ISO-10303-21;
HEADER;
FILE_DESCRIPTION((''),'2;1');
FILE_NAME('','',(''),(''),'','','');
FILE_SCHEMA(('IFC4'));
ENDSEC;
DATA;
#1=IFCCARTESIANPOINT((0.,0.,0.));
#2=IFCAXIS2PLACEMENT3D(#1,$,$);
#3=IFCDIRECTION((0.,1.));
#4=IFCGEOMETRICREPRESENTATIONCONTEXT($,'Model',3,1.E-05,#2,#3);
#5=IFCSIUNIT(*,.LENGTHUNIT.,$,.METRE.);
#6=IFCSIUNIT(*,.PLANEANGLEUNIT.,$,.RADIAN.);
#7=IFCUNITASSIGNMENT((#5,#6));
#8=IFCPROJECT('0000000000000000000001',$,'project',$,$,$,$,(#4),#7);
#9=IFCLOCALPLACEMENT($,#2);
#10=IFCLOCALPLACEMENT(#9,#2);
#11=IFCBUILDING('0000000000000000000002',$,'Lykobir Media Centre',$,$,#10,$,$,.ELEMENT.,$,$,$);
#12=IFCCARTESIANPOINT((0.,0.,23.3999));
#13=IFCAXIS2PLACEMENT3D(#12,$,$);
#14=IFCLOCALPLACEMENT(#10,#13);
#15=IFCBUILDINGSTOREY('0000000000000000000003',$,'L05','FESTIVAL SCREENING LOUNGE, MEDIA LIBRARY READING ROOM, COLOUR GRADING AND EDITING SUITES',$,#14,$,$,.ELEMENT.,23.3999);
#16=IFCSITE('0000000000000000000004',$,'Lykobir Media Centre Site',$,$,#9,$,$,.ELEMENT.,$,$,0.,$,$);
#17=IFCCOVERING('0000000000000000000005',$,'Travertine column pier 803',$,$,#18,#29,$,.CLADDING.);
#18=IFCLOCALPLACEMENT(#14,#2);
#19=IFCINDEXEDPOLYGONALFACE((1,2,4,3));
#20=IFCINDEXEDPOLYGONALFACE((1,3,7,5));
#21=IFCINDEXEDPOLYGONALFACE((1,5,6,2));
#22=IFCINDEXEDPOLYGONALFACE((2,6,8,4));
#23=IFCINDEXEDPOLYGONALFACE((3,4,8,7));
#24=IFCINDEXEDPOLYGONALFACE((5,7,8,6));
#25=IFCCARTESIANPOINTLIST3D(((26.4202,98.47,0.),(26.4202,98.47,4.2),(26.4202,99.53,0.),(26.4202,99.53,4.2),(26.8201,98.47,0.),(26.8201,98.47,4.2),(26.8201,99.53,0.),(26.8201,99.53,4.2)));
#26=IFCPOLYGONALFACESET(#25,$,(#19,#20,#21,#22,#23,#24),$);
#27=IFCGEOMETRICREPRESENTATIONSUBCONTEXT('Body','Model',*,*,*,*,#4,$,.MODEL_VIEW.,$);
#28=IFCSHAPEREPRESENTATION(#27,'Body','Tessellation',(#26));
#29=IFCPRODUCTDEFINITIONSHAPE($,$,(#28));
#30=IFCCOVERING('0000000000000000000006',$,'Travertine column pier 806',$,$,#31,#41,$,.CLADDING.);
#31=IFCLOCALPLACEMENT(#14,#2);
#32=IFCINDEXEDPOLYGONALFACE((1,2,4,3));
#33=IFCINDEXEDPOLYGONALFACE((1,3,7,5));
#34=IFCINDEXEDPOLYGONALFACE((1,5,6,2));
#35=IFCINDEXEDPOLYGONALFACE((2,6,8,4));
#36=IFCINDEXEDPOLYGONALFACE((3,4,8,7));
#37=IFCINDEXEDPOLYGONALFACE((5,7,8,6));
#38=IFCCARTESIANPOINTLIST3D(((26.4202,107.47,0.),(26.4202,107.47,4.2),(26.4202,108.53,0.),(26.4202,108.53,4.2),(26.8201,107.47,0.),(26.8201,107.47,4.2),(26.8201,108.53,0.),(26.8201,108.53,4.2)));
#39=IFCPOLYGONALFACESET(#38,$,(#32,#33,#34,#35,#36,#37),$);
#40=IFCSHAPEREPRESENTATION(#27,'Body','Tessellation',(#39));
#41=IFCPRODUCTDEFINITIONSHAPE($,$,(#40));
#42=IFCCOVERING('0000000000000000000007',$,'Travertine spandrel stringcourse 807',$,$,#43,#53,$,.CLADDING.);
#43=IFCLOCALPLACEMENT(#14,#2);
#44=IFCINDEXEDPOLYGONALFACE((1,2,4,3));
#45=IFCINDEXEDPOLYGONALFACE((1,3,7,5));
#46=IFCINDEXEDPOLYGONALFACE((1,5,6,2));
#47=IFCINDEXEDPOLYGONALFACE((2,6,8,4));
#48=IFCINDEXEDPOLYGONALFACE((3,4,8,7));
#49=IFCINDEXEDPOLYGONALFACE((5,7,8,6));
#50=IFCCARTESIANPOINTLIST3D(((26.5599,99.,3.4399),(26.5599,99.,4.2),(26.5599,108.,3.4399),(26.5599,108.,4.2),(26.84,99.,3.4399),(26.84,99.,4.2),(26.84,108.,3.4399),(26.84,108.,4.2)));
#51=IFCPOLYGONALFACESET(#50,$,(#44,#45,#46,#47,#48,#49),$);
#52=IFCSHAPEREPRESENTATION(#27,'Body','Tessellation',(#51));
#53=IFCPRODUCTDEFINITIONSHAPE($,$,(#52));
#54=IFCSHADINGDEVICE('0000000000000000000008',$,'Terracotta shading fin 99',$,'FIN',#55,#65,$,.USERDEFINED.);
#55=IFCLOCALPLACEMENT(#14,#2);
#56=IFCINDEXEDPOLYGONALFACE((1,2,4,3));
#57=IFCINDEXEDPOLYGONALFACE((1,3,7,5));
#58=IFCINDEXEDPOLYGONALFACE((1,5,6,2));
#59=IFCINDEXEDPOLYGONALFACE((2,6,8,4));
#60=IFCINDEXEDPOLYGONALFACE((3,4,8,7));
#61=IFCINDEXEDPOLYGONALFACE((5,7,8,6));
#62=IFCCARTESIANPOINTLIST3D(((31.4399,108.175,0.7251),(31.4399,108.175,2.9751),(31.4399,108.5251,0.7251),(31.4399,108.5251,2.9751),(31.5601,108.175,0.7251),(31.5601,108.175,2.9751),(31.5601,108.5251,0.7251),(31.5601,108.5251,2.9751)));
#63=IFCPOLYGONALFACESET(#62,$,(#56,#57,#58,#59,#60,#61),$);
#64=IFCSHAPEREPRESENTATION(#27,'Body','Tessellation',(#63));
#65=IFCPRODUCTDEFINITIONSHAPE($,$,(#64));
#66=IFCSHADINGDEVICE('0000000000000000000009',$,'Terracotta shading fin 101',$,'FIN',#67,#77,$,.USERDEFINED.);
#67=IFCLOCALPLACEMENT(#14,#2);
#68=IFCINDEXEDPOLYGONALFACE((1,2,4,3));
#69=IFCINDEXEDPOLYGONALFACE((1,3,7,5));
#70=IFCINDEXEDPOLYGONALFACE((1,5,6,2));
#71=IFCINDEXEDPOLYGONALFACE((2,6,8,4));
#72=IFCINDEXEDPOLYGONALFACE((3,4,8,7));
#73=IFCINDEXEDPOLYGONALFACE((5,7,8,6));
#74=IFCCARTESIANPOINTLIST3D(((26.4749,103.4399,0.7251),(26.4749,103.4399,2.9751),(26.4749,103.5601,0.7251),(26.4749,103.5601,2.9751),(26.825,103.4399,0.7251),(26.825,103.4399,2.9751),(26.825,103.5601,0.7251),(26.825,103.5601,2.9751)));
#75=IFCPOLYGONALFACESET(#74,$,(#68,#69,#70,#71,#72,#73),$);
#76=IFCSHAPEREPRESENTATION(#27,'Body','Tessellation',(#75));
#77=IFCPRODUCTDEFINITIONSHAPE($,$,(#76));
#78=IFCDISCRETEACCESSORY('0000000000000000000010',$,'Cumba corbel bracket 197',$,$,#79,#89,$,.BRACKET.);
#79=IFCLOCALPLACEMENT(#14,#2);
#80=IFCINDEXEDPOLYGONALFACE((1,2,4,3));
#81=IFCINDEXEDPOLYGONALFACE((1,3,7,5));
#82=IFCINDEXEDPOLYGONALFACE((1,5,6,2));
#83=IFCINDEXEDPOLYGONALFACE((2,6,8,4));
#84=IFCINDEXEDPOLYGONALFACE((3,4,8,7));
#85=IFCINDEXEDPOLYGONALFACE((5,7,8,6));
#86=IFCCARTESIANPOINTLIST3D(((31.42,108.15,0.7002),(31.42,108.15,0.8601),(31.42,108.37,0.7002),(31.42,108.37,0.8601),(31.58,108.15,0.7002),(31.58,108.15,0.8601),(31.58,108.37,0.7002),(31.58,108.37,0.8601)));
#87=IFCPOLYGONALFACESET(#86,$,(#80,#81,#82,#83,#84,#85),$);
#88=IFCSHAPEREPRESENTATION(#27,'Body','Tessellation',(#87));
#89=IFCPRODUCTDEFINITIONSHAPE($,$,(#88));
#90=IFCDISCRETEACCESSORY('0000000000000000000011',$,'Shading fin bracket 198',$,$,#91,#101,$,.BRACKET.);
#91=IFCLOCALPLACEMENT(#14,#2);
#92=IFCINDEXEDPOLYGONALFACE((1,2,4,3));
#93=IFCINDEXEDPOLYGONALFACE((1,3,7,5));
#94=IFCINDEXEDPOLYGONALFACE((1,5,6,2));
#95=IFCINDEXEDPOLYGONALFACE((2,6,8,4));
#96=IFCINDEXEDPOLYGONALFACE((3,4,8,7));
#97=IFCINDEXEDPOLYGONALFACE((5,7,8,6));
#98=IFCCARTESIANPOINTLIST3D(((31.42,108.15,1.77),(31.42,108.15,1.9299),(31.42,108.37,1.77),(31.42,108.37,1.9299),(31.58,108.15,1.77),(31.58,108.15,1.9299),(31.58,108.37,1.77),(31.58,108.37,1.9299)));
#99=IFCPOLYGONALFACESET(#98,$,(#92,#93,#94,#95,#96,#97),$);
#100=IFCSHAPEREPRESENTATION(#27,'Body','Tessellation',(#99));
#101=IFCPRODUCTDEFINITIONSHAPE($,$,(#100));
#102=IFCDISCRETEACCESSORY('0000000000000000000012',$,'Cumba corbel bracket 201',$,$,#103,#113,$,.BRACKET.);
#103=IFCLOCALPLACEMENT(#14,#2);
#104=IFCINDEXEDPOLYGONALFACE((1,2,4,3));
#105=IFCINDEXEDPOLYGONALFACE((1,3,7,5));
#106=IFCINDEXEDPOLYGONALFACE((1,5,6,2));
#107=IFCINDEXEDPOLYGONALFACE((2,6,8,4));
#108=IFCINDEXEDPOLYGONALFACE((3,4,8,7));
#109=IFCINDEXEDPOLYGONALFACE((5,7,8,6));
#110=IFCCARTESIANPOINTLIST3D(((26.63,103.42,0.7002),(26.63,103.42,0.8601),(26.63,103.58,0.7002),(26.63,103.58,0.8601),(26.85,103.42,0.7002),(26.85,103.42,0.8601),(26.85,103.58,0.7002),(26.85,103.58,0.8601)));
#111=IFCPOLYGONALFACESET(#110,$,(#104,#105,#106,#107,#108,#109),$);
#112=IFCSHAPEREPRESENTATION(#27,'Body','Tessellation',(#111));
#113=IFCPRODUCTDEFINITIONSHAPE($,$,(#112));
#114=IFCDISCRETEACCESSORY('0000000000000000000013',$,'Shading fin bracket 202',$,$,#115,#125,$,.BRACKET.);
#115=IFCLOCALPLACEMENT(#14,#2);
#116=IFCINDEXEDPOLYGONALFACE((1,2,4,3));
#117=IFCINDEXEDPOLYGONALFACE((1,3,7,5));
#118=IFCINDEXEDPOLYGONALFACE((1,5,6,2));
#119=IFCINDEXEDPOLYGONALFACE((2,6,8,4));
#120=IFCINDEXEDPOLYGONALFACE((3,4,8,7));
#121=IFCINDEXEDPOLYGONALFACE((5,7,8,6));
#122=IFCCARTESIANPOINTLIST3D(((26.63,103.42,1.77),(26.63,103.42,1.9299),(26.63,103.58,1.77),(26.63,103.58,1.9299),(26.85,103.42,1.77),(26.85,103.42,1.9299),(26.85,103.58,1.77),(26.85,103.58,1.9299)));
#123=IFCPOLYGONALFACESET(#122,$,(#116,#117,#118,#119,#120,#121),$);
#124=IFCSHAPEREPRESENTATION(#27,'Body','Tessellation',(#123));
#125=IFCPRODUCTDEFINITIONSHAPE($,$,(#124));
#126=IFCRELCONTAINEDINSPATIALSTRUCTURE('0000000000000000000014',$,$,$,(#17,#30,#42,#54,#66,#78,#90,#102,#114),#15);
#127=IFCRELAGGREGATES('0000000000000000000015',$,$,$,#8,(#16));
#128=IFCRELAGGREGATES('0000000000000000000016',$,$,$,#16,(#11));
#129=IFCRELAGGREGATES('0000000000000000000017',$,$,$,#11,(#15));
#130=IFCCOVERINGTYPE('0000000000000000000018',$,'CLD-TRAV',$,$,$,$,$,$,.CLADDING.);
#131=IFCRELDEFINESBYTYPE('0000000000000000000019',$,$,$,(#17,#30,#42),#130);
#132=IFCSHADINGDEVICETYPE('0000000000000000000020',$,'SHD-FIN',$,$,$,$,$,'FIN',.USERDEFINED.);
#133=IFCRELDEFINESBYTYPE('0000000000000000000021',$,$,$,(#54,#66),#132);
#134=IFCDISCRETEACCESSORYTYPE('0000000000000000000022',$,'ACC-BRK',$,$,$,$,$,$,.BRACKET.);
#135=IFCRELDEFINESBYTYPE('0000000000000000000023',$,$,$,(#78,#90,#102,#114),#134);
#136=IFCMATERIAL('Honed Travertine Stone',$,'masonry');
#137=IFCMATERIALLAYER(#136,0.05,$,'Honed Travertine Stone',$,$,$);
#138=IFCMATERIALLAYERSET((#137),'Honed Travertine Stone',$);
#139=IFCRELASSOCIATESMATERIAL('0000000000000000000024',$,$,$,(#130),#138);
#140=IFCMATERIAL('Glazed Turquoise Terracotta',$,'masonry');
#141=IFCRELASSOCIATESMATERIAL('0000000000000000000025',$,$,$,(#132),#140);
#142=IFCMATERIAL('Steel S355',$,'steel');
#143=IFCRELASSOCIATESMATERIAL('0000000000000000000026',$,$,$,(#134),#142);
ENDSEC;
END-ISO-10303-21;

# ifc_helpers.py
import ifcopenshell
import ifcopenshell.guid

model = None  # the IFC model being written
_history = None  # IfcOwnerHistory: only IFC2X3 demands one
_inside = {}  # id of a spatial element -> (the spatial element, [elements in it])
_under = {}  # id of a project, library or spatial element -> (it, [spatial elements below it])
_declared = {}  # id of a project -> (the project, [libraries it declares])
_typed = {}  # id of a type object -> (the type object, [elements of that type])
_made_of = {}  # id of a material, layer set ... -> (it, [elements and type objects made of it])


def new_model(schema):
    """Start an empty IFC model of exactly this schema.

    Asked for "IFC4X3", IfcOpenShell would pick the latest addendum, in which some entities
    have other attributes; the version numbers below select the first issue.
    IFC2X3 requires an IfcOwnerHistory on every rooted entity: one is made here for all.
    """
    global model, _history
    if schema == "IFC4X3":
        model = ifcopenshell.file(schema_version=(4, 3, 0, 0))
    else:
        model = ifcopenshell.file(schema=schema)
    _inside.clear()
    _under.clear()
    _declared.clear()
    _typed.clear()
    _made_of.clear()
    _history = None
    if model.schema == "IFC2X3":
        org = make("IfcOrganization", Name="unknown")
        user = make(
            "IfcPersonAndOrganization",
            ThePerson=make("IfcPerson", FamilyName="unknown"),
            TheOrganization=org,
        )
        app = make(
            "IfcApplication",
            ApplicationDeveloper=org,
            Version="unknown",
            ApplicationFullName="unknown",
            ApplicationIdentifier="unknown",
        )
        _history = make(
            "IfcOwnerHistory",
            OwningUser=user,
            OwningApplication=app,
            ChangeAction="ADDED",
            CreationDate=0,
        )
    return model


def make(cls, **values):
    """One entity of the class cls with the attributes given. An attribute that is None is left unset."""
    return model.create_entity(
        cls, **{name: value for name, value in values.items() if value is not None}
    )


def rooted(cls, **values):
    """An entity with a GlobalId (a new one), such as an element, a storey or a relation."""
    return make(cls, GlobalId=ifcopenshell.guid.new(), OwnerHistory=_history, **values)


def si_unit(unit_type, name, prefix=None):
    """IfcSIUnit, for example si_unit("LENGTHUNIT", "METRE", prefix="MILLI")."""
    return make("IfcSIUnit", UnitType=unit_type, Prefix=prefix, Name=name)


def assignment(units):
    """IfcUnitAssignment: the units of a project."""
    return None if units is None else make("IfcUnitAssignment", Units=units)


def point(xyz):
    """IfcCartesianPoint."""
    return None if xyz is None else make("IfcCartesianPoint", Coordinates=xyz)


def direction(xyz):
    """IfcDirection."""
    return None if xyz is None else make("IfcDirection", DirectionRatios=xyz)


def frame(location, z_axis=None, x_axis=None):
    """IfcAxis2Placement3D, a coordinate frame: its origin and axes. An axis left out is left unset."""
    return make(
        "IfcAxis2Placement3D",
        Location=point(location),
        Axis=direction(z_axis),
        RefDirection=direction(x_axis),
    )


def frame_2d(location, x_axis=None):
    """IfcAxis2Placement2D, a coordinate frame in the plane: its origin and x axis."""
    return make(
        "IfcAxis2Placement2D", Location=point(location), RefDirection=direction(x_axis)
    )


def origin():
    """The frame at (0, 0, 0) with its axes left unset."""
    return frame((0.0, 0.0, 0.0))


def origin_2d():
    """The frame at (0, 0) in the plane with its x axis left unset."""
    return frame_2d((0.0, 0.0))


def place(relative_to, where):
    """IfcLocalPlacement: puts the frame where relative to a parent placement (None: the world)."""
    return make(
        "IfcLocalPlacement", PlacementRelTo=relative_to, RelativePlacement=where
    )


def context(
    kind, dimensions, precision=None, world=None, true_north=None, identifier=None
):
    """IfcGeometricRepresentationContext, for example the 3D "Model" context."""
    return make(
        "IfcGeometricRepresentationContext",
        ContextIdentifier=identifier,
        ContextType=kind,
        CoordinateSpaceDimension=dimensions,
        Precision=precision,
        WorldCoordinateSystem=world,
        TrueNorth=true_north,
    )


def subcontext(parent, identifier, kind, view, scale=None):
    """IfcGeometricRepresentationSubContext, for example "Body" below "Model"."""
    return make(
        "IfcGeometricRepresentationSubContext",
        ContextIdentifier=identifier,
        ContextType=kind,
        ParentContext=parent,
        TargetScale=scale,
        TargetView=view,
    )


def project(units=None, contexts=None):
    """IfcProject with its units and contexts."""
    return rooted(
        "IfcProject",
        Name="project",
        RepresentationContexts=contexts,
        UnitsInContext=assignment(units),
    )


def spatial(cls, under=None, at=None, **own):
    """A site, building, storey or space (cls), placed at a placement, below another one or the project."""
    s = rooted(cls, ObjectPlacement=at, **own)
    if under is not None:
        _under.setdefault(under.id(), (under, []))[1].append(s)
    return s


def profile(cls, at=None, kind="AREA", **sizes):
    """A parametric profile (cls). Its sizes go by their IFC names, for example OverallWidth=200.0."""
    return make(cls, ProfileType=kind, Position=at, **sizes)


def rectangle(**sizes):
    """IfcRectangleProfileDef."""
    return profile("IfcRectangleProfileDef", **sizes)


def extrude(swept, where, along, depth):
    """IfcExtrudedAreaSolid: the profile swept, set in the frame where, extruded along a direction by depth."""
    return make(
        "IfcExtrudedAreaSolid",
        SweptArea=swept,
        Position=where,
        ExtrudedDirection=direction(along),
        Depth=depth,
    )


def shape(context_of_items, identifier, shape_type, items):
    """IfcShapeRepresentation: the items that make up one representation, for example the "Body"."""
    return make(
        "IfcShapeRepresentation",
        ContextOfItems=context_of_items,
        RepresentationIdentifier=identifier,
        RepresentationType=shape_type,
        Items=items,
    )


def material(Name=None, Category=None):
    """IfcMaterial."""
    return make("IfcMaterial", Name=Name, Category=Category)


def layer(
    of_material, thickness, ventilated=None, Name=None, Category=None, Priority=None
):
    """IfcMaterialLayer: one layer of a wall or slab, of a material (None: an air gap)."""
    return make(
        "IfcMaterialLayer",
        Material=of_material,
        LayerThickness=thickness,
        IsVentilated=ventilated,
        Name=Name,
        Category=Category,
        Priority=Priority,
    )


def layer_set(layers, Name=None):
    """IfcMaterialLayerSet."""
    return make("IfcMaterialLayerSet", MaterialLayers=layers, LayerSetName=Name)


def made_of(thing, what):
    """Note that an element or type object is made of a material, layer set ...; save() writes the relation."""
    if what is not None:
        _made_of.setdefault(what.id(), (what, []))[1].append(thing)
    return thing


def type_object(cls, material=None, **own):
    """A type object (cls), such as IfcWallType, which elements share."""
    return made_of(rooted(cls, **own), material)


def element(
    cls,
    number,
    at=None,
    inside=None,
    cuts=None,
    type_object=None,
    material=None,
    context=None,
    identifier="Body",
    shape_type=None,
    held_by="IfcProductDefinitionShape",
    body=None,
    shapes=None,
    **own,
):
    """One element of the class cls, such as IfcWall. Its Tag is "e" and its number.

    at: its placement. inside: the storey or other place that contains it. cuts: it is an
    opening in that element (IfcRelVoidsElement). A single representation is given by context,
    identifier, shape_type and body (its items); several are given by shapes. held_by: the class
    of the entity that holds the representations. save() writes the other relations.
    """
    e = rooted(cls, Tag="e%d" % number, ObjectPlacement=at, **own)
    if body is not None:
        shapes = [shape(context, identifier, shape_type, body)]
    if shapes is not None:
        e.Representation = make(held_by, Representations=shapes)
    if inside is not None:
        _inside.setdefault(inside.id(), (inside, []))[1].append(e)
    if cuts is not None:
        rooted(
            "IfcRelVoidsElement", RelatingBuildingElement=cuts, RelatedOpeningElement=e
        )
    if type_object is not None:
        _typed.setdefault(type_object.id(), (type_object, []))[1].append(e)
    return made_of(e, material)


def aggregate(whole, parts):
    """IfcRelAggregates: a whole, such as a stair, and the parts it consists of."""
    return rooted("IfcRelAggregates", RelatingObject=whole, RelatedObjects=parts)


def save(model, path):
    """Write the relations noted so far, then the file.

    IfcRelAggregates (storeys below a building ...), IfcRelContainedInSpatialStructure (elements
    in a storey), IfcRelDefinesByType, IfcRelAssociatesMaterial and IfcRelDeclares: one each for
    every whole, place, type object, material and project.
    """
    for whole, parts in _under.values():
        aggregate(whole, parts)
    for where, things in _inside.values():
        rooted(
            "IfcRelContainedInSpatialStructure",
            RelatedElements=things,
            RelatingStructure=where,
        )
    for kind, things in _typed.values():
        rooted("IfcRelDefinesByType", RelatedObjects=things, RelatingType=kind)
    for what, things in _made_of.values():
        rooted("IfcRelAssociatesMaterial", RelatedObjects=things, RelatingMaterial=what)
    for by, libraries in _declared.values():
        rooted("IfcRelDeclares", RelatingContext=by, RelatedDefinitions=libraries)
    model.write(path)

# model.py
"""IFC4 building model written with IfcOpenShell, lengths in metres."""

from ifc_helpers import new_model, si_unit, direction, frame, origin, origin_2d, place, context, subcontext, project, spatial, rectangle, extrude, material, layer, layer_set, type_object, element, save


model = new_model("IFC4")

# Units and contexts
model_context = context("Model", 3, precision=1e-05, world=origin(), true_north=direction((0.0, 1.0)))
body_context = subcontext(model_context, "Body", "Model", "MODEL_VIEW")
ifc_project = project(units=[si_unit("LENGTHUNIT", "METRE"), si_unit("PLANEANGLEUNIT", "RADIAN")], contexts=[model_context])

# Site, building, storey
site_placement = place(None, origin())
site = spatial("IfcSite", under=ifc_project, at=site_placement, Name="Lykobir Media Centre Site", CompositionType="ELEMENT", RefElevation=0.0)
building_placement = place(site_placement, origin())
building = spatial("IfcBuilding", under=site, at=building_placement, Name="Lykobir Media Centre", CompositionType="ELEMENT")
storey_placement = place(building_placement, frame((0.0, 0.0, 23.3999)))
storey = spatial("IfcBuildingStorey", under=building, at=storey_placement, Name="L05", Description="FESTIVAL SCREENING LOUNGE, MEDIA LIBRARY READING ROOM, COLOUR GRADING AND EDITING SUITES", CompositionType="ELEMENT", Elevation=23.3999)

# Shared definitions
ifc_material_1 = material(Name="Steel S355", Category="steel")

# Coverings
ifc_material_2 = material(Name="Glazed Turquoise Terracotta", Category="masonry")
ifc_material_3 = material(Name="Honed Travertine Stone", Category="masonry")
ifc_layer_1 = layer(ifc_material_3, 0.05, Name="Honed Travertine Stone")
ifc_layer_set_1 = layer_set([ifc_layer_1], Name="Honed Travertine Stone")
covering_type_1 = type_object("IfcCoveringType", Name="CLD-TRAV", PredefinedType="CLADDING", material=ifc_layer_set_1)
for number, where, z_axis, x_axis, name in (
    (1, (26.6201, 99.0, 0.0), (0.0, 0.0, 1.0), (0.0, -1.0, 0.0), "Travertine column pier 803"),
    (2, (26.6201, 108.0, 0.0), (0.0, 0.0, 1.0), (0.0, -1.0, 0.0), "Travertine column pier 806"),
):
    element("IfcCovering", number, at=place(storey_placement, frame(where, z_axis=z_axis, x_axis=x_axis)), inside=storey, type_object=covering_type_1, Name=name, PredefinedType="CLADDING", context=body_context, shape_type="SweptSolid", body=[
        extrude(rectangle(XDim=1.0601, YDim=0.3999, at=origin_2d()), origin(), (0.0, 0.0, 1.0), 4.2),
    ])
covering_1_placement = place(storey_placement, frame((26.7, 103.5, 3.4399), z_axis=(0.0, 0.0, 1.0), x_axis=(0.0, -1.0, 0.0)))
element("IfcCovering", 3, at=covering_1_placement, inside=storey, type_object=covering_type_1, Name="Travertine spandrel stringcourse 807", PredefinedType="CLADDING", context=body_context, shape_type="SweptSolid", body=[
    extrude(rectangle(XDim=9.0, YDim=0.28, at=origin_2d()), origin(), (0.0, 0.0, 1.0), 0.76),
])

# Shading devices
shading_device_type = type_object("IfcShadingDeviceType", Name="SHD-FIN", ElementType="FIN", PredefinedType="USERDEFINED", material=ifc_material_2)
for number, where, z_axis, x_axis, name in (
    (4, (31.5, 108.3501, 0.7251), (0.0, 0.0, 1.0), (-1.0, 0.0, 0.0), "Terracotta shading fin 99"),
    (5, (26.6499, 103.5, 0.7251), (0.0, 0.0, 1.0), (0.0, -1.0, 0.0), "Terracotta shading fin 101"),
):
    element("IfcShadingDevice", number, at=place(storey_placement, frame(where, z_axis=z_axis, x_axis=x_axis)), inside=storey, type_object=shading_device_type, Name=name, ObjectType="FIN", PredefinedType="USERDEFINED", context=body_context, shape_type="SweptSolid", body=[
        extrude(rectangle(XDim=0.1201, YDim=0.3501, at=origin_2d()), origin(), (0.0, 0.0, 1.0), 2.25),
    ])

# Discrete accessories
discrete_accessory_type = type_object("IfcDiscreteAccessoryType", Name="ACC-BRK", PredefinedType="BRACKET", material=ifc_material_1)
for number, where, z_axis, x_axis, name in (
    (6, (31.5, 108.26, 0.7002), (0.0, 0.0, 1.0), (-1.0, 0.0, 0.0), "Cumba corbel bracket 197"),
    (7, (31.5, 108.26, 1.77), (0.0, 0.0, 1.0), (-1.0, 0.0, 0.0), "Shading fin bracket 198"),
    (8, (26.74, 103.5, 0.7002), (0.0, 0.0, 1.0), (0.0, -1.0, 0.0), "Cumba corbel bracket 201"),
    (9, (26.74, 103.5, 1.77), (0.0, 0.0, 1.0), (0.0, -1.0, 0.0), "Shading fin bracket 202"),
):
    element("IfcDiscreteAccessory", number, at=place(storey_placement, frame(where, z_axis=z_axis, x_axis=x_axis)), inside=storey, type_object=discrete_accessory_type, Name=name, PredefinedType="BRACKET", context=body_context, shape_type="SweptSolid", body=[
        extrude(rectangle(XDim=0.1599, YDim=0.22, at=origin_2d()), origin(), (0.0, 0.0, 1.0), 0.1599),
    ])

save(model, "model.ifc")
